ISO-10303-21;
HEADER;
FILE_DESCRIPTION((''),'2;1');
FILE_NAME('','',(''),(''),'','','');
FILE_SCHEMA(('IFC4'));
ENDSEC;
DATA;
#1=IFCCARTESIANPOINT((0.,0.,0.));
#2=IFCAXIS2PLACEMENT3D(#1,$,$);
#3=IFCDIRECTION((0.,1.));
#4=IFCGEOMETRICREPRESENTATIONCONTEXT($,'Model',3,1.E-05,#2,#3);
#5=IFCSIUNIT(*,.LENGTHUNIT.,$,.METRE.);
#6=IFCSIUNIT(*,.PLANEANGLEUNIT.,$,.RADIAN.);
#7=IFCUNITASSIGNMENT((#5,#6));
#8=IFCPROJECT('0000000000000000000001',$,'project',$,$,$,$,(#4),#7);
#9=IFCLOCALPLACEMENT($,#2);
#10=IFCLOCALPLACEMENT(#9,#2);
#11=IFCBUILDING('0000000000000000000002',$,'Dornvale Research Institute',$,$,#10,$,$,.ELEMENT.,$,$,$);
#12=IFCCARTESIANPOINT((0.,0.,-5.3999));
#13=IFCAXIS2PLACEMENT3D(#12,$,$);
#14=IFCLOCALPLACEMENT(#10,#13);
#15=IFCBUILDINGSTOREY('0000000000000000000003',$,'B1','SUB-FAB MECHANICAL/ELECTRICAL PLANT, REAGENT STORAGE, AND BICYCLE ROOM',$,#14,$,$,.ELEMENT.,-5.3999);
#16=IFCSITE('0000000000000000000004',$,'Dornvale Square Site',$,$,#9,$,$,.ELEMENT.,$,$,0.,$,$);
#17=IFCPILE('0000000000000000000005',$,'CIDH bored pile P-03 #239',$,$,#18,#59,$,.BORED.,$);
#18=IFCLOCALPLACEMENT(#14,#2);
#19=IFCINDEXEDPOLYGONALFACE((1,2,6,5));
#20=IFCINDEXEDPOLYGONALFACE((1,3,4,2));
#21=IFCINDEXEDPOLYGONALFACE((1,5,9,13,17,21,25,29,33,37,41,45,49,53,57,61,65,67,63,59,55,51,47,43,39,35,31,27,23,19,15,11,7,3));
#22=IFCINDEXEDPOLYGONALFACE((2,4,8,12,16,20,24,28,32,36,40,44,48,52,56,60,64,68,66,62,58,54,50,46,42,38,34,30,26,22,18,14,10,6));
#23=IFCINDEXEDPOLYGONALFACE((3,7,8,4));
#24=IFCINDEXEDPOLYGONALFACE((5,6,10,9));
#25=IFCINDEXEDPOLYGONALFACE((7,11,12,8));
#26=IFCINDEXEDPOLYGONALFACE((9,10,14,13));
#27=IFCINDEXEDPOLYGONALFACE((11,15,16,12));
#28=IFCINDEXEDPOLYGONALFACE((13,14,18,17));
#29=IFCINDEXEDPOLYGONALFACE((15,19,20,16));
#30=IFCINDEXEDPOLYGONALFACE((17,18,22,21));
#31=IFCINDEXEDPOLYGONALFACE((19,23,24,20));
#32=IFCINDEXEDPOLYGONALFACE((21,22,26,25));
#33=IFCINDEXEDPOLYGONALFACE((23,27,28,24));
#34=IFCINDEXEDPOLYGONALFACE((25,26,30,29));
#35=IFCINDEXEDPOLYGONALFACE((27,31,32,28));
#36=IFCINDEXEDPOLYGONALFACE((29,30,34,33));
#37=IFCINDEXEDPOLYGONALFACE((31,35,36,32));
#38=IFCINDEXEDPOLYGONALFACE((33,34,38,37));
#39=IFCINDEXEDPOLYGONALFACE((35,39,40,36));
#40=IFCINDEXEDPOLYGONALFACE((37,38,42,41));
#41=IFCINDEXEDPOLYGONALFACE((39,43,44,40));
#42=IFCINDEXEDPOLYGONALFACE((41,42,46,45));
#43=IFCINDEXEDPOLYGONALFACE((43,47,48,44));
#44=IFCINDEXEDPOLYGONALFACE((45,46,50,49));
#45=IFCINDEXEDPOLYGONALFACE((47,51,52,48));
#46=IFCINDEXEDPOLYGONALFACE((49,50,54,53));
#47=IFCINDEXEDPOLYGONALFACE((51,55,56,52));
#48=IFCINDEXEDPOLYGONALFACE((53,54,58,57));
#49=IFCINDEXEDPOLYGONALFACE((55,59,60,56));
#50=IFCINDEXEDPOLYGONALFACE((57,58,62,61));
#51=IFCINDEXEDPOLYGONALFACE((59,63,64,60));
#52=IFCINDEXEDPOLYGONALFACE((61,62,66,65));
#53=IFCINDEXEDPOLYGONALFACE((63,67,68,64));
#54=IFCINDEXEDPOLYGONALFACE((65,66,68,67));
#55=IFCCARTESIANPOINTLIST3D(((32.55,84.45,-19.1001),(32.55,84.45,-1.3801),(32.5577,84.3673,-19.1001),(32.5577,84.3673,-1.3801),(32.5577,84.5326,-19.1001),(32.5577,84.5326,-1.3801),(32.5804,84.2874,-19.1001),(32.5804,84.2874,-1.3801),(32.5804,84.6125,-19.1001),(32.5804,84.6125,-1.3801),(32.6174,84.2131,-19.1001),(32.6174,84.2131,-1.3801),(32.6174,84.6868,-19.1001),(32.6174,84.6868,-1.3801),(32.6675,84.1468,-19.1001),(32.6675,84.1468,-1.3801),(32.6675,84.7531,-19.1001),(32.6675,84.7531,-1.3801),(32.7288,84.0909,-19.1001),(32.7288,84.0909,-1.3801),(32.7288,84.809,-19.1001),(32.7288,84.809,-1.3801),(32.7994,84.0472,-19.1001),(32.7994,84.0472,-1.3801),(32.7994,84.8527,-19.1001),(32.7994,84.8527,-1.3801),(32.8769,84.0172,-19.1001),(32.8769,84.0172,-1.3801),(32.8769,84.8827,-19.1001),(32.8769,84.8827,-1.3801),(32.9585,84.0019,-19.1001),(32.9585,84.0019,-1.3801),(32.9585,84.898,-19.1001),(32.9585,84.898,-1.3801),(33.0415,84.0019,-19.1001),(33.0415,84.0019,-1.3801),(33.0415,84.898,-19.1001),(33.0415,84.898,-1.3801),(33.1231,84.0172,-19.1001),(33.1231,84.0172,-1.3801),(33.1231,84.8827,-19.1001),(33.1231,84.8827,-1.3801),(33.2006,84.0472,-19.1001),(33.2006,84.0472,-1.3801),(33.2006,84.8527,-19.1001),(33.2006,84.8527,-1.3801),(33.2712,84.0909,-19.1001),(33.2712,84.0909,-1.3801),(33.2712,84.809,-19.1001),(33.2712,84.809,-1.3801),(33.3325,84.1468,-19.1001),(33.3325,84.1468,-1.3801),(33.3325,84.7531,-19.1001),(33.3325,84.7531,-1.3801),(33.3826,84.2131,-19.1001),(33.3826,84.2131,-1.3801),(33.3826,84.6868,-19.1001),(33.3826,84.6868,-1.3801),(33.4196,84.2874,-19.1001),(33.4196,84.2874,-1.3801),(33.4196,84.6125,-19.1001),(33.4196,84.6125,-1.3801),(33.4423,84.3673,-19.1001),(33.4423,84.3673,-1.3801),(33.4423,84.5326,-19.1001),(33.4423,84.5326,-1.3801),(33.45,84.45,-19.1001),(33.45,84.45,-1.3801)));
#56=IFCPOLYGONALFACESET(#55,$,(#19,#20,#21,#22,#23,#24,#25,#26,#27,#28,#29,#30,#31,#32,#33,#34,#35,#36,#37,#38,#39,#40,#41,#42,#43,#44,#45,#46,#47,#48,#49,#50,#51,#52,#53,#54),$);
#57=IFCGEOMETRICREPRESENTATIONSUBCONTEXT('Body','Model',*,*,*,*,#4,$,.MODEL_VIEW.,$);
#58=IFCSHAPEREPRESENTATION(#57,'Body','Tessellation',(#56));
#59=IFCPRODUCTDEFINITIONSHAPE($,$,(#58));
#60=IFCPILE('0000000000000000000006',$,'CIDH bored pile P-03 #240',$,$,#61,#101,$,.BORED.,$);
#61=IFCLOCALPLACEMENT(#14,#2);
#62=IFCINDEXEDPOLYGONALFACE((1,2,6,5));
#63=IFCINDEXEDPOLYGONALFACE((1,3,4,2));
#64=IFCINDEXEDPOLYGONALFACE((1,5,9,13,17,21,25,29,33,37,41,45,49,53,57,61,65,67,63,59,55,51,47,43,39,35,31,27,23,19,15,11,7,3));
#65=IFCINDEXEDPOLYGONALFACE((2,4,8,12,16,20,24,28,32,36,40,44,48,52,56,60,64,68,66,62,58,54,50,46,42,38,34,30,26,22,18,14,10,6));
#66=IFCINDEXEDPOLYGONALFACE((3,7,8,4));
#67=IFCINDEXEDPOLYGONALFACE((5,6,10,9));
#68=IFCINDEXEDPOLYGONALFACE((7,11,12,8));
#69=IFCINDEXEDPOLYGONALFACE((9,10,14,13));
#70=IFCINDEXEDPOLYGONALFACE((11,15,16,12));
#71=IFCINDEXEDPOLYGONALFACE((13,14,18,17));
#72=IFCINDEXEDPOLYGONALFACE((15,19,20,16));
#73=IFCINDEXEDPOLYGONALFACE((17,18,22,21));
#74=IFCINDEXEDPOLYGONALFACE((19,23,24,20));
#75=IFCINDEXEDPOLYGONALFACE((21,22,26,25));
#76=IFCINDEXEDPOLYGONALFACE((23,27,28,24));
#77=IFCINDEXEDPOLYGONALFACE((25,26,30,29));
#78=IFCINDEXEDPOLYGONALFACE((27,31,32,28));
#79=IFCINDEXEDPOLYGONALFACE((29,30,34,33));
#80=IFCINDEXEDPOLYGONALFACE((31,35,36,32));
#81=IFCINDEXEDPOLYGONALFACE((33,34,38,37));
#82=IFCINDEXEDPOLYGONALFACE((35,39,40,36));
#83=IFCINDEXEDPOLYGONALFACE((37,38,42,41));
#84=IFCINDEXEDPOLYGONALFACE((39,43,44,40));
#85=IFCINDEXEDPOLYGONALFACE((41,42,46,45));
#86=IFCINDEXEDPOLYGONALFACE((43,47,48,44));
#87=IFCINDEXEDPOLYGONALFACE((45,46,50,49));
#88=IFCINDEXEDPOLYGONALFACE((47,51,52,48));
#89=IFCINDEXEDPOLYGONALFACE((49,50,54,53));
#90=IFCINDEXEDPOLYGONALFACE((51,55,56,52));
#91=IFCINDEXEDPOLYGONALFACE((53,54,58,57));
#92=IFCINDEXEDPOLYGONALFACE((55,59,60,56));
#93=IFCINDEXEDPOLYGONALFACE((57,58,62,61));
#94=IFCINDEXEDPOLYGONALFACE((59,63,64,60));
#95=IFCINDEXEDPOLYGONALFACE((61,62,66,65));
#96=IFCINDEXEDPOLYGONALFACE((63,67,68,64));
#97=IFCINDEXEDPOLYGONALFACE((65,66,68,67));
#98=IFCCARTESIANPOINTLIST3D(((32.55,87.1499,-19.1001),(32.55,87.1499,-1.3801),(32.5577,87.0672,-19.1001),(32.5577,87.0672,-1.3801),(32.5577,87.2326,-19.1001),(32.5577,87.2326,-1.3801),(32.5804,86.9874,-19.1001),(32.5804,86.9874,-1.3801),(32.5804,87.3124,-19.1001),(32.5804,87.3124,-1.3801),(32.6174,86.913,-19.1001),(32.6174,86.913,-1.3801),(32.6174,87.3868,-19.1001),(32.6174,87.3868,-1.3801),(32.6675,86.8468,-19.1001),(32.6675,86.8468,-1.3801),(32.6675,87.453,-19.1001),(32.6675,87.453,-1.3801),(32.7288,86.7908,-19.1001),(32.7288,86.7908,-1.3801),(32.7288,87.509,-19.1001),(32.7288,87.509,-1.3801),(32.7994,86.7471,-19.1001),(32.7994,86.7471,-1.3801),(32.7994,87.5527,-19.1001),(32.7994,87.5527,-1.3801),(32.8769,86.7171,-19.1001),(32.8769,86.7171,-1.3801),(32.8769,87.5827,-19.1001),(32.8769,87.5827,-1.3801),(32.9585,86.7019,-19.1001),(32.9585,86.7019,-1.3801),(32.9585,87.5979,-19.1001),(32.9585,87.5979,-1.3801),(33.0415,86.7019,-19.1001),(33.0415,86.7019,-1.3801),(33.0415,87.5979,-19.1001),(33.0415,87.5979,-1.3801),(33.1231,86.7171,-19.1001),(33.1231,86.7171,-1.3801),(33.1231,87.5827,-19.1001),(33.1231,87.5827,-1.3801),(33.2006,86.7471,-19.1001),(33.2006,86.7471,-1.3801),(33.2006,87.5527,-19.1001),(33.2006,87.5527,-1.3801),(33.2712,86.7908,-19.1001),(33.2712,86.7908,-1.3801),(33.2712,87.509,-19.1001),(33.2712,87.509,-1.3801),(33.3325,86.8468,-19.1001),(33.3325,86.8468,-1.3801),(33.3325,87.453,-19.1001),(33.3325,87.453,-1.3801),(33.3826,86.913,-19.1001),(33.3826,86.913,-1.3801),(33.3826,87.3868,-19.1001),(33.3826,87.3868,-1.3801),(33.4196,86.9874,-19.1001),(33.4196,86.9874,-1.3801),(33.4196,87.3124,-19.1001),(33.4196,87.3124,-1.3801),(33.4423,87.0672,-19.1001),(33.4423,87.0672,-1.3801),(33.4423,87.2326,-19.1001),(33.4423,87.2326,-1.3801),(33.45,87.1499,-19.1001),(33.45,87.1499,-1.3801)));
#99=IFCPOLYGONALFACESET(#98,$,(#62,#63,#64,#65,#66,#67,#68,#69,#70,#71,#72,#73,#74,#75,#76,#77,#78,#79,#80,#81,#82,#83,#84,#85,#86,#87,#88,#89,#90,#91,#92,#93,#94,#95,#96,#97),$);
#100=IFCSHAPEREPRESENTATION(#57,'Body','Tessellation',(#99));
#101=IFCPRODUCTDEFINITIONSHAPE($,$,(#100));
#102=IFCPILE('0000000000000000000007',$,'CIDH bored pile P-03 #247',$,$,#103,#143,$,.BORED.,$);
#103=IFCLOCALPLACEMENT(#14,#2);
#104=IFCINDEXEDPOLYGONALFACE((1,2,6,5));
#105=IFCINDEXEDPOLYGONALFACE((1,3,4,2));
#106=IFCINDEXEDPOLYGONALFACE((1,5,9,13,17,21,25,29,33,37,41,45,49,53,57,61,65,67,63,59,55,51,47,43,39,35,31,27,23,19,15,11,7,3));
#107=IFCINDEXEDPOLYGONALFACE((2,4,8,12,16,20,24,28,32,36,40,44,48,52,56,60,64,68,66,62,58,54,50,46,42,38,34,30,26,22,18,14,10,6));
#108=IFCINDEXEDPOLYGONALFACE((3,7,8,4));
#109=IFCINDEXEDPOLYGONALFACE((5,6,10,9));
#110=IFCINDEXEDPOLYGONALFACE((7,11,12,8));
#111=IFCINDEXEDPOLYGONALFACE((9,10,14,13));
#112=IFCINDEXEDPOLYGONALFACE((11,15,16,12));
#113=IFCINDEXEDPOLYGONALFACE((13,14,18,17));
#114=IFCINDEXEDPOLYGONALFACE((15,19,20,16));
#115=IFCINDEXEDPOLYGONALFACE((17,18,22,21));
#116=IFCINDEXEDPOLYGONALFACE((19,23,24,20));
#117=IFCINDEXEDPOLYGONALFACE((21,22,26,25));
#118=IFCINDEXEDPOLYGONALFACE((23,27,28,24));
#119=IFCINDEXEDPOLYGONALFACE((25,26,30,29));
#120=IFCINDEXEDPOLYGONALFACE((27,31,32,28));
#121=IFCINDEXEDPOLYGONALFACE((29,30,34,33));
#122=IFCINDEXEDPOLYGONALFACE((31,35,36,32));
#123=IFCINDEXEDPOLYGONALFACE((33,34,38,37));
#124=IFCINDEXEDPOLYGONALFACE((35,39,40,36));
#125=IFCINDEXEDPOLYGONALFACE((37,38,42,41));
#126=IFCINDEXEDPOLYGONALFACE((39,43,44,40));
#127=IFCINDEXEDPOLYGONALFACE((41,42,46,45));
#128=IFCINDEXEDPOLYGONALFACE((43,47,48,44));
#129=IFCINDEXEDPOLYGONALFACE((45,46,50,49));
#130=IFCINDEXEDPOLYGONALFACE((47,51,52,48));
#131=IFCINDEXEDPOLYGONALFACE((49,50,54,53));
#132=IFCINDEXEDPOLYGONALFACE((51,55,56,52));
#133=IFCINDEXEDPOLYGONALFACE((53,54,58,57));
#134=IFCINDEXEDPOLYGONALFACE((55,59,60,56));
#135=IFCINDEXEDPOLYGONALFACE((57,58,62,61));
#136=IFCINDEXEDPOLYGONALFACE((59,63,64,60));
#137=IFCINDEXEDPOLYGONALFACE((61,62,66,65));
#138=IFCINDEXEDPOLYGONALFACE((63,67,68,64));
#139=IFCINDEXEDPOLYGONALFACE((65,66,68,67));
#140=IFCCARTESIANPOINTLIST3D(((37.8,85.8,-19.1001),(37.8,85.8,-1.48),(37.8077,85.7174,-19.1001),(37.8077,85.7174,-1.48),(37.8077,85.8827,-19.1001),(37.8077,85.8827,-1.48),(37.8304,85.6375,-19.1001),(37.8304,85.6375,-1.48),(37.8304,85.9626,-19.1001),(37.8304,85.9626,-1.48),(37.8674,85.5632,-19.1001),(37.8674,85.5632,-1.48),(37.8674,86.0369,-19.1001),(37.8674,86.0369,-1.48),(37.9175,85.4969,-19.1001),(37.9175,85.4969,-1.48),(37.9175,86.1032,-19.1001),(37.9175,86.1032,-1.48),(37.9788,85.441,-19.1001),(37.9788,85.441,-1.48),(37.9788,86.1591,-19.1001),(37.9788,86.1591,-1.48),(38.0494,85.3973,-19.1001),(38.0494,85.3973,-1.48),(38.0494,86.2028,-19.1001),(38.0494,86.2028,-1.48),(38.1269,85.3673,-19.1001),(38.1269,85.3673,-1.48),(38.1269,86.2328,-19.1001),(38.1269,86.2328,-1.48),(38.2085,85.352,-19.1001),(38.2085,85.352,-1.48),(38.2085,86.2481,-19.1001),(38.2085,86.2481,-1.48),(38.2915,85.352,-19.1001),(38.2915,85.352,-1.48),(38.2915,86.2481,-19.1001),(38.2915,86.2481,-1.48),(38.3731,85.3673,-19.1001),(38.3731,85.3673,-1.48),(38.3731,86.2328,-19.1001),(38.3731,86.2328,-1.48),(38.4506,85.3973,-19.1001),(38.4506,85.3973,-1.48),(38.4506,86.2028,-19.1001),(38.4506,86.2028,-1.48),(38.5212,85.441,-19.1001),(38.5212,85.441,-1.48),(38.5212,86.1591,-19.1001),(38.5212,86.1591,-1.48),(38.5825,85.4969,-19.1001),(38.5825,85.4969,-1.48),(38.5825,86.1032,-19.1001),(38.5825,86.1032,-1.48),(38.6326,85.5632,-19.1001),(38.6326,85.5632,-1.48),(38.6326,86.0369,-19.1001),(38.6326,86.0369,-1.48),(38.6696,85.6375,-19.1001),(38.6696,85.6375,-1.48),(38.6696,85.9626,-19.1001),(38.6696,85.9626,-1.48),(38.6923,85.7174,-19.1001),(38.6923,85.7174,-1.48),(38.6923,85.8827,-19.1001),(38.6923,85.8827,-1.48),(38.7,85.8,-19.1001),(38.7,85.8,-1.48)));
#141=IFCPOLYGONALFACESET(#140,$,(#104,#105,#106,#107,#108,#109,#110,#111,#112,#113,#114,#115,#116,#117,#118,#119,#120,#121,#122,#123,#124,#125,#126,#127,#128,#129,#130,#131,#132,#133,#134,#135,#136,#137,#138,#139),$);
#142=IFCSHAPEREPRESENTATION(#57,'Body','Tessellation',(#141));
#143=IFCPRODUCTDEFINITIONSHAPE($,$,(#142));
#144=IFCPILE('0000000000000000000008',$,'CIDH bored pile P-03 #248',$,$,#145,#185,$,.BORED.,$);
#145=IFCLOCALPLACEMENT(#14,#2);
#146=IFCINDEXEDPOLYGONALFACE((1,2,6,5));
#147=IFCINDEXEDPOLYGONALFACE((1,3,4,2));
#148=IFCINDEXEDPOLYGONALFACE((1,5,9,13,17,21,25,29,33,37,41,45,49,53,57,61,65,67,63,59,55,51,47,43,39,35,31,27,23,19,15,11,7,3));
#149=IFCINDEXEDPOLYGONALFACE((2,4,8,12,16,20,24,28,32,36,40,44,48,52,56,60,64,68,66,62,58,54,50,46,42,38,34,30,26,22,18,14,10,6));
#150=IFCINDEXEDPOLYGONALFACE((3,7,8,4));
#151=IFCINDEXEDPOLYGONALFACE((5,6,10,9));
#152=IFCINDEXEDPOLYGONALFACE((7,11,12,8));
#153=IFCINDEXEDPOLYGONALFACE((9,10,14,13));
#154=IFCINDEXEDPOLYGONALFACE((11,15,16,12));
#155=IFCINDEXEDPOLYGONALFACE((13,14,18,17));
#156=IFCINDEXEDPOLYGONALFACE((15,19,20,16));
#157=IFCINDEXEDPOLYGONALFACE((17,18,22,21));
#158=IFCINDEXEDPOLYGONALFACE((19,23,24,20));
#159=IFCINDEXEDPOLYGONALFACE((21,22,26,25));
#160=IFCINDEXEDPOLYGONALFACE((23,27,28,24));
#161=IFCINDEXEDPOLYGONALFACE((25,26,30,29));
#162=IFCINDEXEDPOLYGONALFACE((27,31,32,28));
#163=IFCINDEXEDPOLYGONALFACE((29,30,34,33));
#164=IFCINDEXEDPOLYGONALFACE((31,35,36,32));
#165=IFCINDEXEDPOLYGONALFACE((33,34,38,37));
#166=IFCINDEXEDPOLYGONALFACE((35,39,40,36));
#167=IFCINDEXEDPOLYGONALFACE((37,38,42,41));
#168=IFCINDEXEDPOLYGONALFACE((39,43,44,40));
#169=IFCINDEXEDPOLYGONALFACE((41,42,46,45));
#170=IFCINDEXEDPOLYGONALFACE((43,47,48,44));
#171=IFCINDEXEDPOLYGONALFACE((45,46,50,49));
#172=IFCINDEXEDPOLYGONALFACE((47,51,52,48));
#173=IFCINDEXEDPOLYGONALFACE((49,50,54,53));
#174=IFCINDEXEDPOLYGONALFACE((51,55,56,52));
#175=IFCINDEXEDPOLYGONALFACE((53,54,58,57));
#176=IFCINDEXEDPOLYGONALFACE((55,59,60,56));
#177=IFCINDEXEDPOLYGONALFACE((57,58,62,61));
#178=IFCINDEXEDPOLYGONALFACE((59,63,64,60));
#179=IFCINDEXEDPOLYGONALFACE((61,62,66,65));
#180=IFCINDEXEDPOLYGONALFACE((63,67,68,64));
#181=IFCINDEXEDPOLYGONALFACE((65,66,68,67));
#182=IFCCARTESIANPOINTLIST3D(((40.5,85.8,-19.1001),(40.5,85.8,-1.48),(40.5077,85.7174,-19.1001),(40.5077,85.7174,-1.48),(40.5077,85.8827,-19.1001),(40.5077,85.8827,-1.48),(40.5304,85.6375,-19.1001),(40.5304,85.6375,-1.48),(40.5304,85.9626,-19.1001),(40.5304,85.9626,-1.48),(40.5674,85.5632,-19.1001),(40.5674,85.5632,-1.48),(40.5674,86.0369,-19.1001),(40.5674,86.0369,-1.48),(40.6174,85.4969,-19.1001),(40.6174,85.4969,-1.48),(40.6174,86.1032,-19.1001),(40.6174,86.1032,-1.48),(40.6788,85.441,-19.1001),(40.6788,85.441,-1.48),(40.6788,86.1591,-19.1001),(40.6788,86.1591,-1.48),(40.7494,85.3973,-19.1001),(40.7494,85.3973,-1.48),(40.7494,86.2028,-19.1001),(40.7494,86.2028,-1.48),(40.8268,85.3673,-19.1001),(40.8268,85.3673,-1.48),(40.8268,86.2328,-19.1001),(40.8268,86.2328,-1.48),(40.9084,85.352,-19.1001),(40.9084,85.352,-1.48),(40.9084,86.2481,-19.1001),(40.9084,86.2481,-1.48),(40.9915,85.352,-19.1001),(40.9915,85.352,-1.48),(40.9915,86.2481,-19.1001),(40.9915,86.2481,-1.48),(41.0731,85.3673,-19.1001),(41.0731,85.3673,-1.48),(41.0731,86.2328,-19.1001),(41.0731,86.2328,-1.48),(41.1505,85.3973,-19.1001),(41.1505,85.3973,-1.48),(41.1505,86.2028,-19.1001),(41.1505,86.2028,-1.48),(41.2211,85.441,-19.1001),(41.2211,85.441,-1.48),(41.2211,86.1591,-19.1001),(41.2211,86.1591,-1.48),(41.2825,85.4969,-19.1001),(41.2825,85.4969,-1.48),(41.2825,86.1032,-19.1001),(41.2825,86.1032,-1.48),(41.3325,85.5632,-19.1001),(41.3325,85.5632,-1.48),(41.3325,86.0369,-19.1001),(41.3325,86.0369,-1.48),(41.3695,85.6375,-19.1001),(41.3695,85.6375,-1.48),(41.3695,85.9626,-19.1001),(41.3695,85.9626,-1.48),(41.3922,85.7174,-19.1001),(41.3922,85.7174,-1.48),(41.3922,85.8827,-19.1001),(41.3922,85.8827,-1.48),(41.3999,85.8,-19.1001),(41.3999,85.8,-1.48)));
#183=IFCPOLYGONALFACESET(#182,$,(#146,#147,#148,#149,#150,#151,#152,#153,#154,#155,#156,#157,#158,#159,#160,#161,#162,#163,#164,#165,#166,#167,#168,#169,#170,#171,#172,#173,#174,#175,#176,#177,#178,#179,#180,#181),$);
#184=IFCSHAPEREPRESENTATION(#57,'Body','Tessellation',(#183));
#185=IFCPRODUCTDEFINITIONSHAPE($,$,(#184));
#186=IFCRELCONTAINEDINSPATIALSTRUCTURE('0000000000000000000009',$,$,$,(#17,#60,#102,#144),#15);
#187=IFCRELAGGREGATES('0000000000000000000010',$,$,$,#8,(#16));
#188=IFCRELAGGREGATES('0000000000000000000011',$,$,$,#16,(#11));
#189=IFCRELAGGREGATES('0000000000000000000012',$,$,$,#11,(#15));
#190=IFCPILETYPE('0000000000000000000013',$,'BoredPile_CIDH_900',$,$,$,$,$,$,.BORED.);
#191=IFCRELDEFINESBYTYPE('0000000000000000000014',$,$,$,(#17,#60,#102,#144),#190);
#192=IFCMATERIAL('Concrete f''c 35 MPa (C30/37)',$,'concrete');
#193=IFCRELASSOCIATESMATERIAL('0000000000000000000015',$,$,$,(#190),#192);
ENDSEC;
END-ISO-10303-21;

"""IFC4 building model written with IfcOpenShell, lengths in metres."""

from ifc_helpers import new_model, si_unit, direction, frame, origin, origin_2d, place, context, subcontext, project, spatial, circle, extrude, material, material_profile, profile_set, type_object, element, save


model = new_model("IFC4")

# Units and contexts
model_context = context("Model", 3, precision=1e-05, world=origin(), true_north=direction((0.0, 1.0)))
body_context = subcontext(model_context, "Body", "Model", "MODEL_VIEW")
ifc_project = project(units=[si_unit("LENGTHUNIT", "METRE"), si_unit("PLANEANGLEUNIT", "RADIAN")], contexts=[model_context])

# Site, building, storey
site_placement = place(None, origin())
site = spatial("IfcSite", under=ifc_project, at=site_placement, Name="Dornvale Square Site", CompositionType="ELEMENT", RefElevation=0.0)
building_placement = place(site_placement, origin())
building = spatial("IfcBuilding", under=site, at=building_placement, Name="Dornvale Research Institute", CompositionType="ELEMENT")
storey_placement = place(building_placement, frame((0.0, 0.0, -5.3999)))
storey = spatial("IfcBuildingStorey", under=building, at=storey_placement, Name="B1", Description="SUB-FAB MECHANICAL/ELECTRICAL PLANT, REAGENT STORAGE, AND BICYCLE ROOM", CompositionType="ELEMENT", Elevation=-5.3999)

# Piles
ifc_material_1 = material(Name="Concrete f'c 35 MPa (C30/37)", Category="concrete")
ifc_material_profile_1 = material_profile(ifc_material_1, circle(Radius=0.45, at=origin_2d()), Name="CIDH PILE D900")
ifc_profile_set_1 = profile_set([ifc_material_profile_1], Name="Concrete f'c 35 MPa (C30/37)")
pile_type = type_object("IfcPileType", Name="BoredPile_CIDH_900", PredefinedType="BORED", material=ifc_profile_set_1)
for number, where, z_axis, x_axis, name in (
    (1, (33.0, 84.45, -1.3801), (0.0, 0.0, -1.0), (1.0, 0.0, 0.0), "CIDH bored pile P-03 #239"),
    (2, (33.0, 87.1499, -1.3801), (0.0, 0.0, -1.0), (1.0, 0.0, 0.0), "CIDH bored pile P-03 #240"),
):
    element("IfcPile", number, at=place(storey_placement, frame(where, z_axis=z_axis, x_axis=x_axis)), inside=storey, type_object=pile_type, Name=name, PredefinedType="BORED", context=body_context, shape_type="SweptSolid", body=[
        extrude(circle(Radius=0.45, at=origin_2d()), origin(), (0.0, 0.0, 1.0), 17.72),
    ])
for number, where, z_axis, x_axis, name in (
    (3, (38.25, 85.8, -1.48), (0.0, 0.0, -1.0), (1.0, 0.0, 0.0), "CIDH bored pile P-03 #247"),
    (4, (40.95, 85.8, -1.48), (0.0, 0.0, -1.0), (1.0, 0.0, 0.0), "CIDH bored pile P-03 #248"),
):
    element("IfcPile", number, at=place(storey_placement, frame(where, z_axis=z_axis, x_axis=x_axis)), inside=storey, type_object=pile_type, Name=name, PredefinedType="BORED", context=body_context, shape_type="SweptSolid", body=[
        extrude(circle(Radius=0.45, at=origin_2d()), origin(), (0.0, 0.0, 1.0), 17.6201),
    ])

save(model, "model.ifc")
